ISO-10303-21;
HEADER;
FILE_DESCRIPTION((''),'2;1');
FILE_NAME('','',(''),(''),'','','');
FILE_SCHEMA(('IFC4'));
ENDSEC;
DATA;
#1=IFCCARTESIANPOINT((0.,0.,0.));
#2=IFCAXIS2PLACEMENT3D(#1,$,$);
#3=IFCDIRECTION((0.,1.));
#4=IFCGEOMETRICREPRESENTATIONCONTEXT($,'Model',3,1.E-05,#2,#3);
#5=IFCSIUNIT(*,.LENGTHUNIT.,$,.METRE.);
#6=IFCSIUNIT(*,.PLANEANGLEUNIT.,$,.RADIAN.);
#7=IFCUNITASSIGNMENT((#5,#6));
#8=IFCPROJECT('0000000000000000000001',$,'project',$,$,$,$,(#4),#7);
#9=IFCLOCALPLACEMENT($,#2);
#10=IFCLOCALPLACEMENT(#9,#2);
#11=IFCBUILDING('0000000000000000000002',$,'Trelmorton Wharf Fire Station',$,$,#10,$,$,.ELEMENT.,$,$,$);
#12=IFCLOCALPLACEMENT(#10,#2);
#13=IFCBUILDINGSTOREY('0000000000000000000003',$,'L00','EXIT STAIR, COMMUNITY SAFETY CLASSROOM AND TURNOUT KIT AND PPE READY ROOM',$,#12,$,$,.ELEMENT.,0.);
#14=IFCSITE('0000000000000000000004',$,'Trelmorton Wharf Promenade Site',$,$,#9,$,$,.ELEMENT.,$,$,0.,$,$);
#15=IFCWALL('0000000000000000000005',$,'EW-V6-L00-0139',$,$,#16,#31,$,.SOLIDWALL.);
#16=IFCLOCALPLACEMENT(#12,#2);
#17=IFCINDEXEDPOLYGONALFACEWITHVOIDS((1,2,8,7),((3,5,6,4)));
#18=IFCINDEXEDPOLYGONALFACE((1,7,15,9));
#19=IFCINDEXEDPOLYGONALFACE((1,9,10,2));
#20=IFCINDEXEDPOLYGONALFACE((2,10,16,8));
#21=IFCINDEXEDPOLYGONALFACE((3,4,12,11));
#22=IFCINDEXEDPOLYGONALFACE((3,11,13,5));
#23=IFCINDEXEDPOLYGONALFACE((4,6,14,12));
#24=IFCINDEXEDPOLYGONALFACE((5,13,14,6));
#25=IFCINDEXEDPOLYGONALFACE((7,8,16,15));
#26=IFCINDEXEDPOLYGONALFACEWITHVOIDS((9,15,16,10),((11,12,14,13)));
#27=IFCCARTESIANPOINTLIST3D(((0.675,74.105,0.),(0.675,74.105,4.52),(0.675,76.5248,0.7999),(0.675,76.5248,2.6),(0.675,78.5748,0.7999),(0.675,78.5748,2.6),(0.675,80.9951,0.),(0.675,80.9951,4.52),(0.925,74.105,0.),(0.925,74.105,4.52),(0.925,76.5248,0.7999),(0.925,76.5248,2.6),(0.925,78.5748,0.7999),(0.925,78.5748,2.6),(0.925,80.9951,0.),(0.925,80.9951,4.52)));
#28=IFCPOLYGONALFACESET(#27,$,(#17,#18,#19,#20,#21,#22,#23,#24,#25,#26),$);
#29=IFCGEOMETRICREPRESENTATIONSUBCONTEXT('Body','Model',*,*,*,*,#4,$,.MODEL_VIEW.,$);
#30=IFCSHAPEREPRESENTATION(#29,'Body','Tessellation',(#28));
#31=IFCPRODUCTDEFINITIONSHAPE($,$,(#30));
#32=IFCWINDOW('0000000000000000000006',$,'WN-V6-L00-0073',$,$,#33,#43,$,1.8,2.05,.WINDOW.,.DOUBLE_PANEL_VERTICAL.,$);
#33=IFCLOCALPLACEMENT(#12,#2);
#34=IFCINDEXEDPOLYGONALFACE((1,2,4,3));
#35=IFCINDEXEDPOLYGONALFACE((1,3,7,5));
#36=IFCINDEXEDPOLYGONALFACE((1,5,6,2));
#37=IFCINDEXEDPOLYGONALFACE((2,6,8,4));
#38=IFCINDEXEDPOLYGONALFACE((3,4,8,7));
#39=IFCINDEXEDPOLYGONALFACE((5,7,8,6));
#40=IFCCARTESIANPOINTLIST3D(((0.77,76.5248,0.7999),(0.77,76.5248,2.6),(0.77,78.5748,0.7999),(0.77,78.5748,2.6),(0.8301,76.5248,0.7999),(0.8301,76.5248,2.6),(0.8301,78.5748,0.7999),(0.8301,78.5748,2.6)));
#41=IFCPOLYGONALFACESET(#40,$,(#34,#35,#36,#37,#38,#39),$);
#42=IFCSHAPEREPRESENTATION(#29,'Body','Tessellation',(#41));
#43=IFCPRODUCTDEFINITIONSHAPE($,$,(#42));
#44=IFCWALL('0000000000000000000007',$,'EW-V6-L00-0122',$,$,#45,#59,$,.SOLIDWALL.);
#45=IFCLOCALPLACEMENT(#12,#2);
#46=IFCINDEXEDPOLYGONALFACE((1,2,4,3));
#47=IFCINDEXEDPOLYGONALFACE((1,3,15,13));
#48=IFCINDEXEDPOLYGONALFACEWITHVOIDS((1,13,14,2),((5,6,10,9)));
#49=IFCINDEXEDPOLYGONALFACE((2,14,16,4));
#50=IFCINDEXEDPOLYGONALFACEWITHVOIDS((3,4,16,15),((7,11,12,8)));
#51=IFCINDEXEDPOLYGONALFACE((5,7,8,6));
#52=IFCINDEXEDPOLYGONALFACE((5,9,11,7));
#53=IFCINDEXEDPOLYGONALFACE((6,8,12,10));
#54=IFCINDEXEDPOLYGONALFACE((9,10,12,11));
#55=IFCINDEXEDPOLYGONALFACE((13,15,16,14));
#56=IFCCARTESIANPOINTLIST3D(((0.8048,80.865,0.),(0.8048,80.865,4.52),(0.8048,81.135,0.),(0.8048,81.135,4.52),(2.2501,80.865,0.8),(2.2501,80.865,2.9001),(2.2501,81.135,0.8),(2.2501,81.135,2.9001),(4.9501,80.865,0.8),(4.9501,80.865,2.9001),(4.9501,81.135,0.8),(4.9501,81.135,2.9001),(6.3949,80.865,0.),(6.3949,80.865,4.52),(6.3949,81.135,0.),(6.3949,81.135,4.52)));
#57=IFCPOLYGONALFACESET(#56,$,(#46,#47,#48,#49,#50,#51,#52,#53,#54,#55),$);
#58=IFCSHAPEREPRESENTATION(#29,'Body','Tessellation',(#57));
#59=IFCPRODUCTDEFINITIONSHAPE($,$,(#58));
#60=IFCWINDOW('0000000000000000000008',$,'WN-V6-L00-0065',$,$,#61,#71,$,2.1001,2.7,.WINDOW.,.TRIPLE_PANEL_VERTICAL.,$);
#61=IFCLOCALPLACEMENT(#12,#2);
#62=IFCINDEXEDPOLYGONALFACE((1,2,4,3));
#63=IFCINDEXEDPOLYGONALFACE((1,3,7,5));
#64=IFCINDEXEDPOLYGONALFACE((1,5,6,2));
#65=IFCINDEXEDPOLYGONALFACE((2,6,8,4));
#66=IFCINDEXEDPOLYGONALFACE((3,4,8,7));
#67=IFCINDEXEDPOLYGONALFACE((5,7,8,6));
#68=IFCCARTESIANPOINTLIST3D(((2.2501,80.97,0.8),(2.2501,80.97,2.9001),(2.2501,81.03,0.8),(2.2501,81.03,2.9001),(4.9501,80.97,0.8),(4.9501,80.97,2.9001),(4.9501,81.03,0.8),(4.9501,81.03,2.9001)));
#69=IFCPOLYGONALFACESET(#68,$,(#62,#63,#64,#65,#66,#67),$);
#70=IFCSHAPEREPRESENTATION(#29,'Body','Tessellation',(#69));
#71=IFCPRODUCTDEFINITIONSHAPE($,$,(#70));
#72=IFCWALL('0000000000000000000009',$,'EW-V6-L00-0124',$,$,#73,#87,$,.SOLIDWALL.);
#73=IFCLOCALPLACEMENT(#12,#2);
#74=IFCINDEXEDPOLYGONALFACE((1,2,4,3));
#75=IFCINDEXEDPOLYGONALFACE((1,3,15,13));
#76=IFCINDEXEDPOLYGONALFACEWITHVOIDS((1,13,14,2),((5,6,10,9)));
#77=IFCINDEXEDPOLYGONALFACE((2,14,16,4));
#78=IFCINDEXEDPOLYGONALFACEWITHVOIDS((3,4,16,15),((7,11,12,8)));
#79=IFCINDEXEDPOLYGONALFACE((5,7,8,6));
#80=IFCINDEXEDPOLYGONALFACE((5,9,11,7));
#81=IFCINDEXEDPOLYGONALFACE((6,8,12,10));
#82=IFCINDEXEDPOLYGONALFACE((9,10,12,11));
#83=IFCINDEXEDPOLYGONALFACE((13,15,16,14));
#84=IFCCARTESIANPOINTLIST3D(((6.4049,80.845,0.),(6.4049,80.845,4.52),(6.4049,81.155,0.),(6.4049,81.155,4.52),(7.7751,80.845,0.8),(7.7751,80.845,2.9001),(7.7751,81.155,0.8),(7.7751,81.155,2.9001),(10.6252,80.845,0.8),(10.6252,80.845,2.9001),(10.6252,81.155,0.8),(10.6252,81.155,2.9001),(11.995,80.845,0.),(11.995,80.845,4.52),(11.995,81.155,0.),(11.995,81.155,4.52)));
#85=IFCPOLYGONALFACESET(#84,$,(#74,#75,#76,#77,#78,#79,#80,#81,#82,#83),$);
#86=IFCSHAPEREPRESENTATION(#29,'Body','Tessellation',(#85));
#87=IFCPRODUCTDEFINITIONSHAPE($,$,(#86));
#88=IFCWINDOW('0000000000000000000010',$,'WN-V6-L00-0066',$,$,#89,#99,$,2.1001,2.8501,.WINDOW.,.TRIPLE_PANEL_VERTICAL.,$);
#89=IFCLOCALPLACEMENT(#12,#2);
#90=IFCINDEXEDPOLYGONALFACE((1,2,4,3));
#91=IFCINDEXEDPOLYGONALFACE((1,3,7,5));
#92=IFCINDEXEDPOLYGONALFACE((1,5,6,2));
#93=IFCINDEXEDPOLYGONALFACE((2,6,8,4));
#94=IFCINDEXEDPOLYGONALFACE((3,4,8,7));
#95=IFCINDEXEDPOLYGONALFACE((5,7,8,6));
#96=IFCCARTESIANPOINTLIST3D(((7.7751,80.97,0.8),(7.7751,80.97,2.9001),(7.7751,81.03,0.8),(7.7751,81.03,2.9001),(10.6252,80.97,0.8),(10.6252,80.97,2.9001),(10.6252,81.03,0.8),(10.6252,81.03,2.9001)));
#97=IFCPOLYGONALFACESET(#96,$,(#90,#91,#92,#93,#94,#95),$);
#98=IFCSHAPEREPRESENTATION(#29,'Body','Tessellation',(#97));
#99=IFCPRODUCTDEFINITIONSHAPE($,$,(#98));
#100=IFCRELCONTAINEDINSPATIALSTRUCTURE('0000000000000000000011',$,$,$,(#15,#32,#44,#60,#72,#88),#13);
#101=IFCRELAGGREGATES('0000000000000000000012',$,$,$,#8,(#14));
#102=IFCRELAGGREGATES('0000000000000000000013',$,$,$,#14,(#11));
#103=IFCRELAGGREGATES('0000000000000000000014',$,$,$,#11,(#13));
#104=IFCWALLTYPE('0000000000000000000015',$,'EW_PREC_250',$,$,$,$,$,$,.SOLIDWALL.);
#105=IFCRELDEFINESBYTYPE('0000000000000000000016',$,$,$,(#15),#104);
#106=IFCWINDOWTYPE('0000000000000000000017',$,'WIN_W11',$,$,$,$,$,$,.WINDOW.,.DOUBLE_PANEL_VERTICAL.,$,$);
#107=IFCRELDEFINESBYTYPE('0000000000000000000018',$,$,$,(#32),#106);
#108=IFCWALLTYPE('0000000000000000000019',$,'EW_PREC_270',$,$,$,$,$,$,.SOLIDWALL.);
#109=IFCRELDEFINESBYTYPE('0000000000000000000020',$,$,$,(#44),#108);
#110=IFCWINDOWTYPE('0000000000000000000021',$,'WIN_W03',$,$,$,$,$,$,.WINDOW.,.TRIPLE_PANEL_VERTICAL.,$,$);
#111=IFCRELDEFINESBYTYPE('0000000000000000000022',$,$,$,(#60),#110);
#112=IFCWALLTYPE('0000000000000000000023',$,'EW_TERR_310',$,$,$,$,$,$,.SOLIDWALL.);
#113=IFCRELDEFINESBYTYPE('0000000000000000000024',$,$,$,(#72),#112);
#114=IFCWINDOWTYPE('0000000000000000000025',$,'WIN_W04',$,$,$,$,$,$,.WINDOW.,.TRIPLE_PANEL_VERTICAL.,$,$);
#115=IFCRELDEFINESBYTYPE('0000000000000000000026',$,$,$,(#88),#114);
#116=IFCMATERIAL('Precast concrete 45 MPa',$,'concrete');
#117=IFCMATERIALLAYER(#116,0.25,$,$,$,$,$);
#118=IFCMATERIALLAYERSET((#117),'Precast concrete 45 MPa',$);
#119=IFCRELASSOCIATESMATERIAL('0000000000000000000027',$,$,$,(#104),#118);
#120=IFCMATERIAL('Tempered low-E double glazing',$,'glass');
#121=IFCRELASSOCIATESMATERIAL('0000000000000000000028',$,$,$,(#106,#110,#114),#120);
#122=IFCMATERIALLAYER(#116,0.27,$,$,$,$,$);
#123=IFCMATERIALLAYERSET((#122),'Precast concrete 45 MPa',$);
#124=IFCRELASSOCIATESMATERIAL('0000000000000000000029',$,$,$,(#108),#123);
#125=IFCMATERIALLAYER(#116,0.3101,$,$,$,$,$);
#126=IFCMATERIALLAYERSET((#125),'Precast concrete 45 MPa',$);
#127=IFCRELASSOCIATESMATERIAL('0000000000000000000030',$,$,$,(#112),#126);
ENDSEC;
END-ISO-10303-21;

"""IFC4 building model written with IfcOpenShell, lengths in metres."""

from ifc_helpers import new_model, si_unit, direction, frame, frame_2d, origin, place, context, subcontext, project, spatial, rectangle, extrude, material, layer, layer_set, type_object, element, fill, save


model = new_model("IFC4")

# Units and contexts
model_context = context("Model", 3, precision=1e-05, world=origin(), true_north=direction((0.0, 1.0)))
body_context = subcontext(model_context, "Body", "Model", "MODEL_VIEW")
ifc_project = project(units=[si_unit("LENGTHUNIT", "METRE"), si_unit("PLANEANGLEUNIT", "RADIAN")], contexts=[model_context])

# Site, building, storey
site_placement = place(None, origin())
site = spatial("IfcSite", under=ifc_project, at=site_placement, Name="Trelmorton Wharf Promenade Site", CompositionType="ELEMENT", RefElevation=0.0)
building_placement = place(site_placement, origin())
building = spatial("IfcBuilding", under=site, at=building_placement, Name="Trelmorton Wharf Fire Station", CompositionType="ELEMENT")
storey_placement = place(building_placement, origin())
storey = spatial("IfcBuildingStorey", under=building, at=storey_placement, Name="L00", Description="EXIT STAIR, COMMUNITY SAFETY CLASSROOM AND TURNOUT KIT AND PPE READY ROOM", CompositionType="ELEMENT", Elevation=0.0)

# Walls, openings, windows
ifc_material_1 = material(Name="Precast concrete 45 MPa", Category="concrete")
ifc_layer_1 = layer(ifc_material_1, 0.25)
ifc_layer_set_1 = layer_set([ifc_layer_1], Name="Precast concrete 45 MPa")
wall_type_1 = type_object("IfcWallType", Name="EW_PREC_250", PredefinedType="SOLIDWALL", material=ifc_layer_set_1)
wall_1_placement = place(storey_placement, frame((0.8, 74.105, 0.0), z_axis=(0.0, 0.0, 1.0), x_axis=(0.0, 1.0, 0.0)))
wall_1 = element("IfcWall", 1, at=wall_1_placement, inside=storey, type_object=wall_type_1, Name="EW-V6-L00-0139", PredefinedType="SOLIDWALL", context=body_context, shape_type="SweptSolid", body=[
    extrude(rectangle(XDim=6.8901, YDim=0.25, at=frame_2d((3.4451, 0.0))), origin(), (0.0, 0.0, 1.0), 4.52),
])
opening_1_placement = place(wall_1_placement, frame((2.4199, 0.0, 0.8)))
opening_1 = element("IfcOpeningElement", 2, at=opening_1_placement, cuts=wall_1, PredefinedType="OPENING", context=body_context, shape_type="SweptSolid", body=[
    extrude(rectangle(XDim=2.05, YDim=1.8, at=frame_2d((1.0249, 0.8999))), frame((0.0, 0.135, 0.0), z_axis=(0.0, -1.0, 0.0), x_axis=(1.0, 0.0, 0.0)), (0.0, 0.0, 1.0), 0.27),
])
ifc_material_2 = material(Name="Tempered low-E double glazing", Category="glass")
window_type_1 = type_object("IfcWindowType", Name="WIN_W11", PartitioningType="DOUBLE_PANEL_VERTICAL", PredefinedType="WINDOW", material=ifc_material_2)
window_1_placement = place(opening_1_placement, origin())
window_1 = element("IfcWindow", 3, at=window_1_placement, inside=storey, type_object=window_type_1, Name="WN-V6-L00-0073", OverallHeight=1.8, OverallWidth=2.05, PartitioningType="DOUBLE_PANEL_VERTICAL", PredefinedType="WINDOW", context=body_context, shape_type="SweptSolid", body=[
    extrude(rectangle(XDim=2.05, YDim=1.8, at=frame_2d((1.0249, 0.8999))), frame((0.0, 0.03, 0.0), z_axis=(0.0, -1.0, 0.0), x_axis=(1.0, 0.0, 0.0)), (0.0, 0.0, 1.0), 0.0601),
])
fill(opening_1, window_1)
ifc_layer_2 = layer(ifc_material_1, 0.27)
ifc_layer_set_2 = layer_set([ifc_layer_2], Name="Precast concrete 45 MPa")
wall_type_2 = type_object("IfcWallType", Name="EW_PREC_270", PredefinedType="SOLIDWALL", material=ifc_layer_set_2)
wall_2_placement = place(storey_placement, frame((0.8049, 81.0, 0.0), z_axis=(0.0, 0.0, 1.0), x_axis=(1.0, 0.0, 0.0)))
wall_2 = element("IfcWall", 4, at=wall_2_placement, inside=storey, type_object=wall_type_2, Name="EW-V6-L00-0122", PredefinedType="SOLIDWALL", context=body_context, shape_type="SweptSolid", body=[
    extrude(rectangle(XDim=5.5901, YDim=0.27, at=frame_2d((2.7949, 0.0))), origin(), (0.0, 0.0, 1.0), 4.52),
])
opening_2_placement = place(wall_2_placement, frame((1.4451, 0.0, 0.8)))
opening_2 = element("IfcOpeningElement", 5, at=opening_2_placement, cuts=wall_2, PredefinedType="OPENING", context=body_context, shape_type="SweptSolid", body=[
    extrude(rectangle(XDim=2.7, YDim=2.1001, at=frame_2d((1.3501, 1.05))), frame((0.0, 0.145, 0.0), z_axis=(0.0, -1.0, 0.0), x_axis=(1.0, 0.0, 0.0)), (0.0, 0.0, 1.0), 0.29),
])
window_type_2 = type_object("IfcWindowType", Name="WIN_W03", PartitioningType="TRIPLE_PANEL_VERTICAL", PredefinedType="WINDOW", material=ifc_material_2)
window_2_placement = place(opening_2_placement, origin())
window_2 = element("IfcWindow", 6, at=window_2_placement, inside=storey, type_object=window_type_2, Name="WN-V6-L00-0065", OverallHeight=2.1001, OverallWidth=2.7, PartitioningType="TRIPLE_PANEL_VERTICAL", PredefinedType="WINDOW", context=body_context, shape_type="SweptSolid", body=[
    extrude(rectangle(XDim=2.7, YDim=2.1001, at=frame_2d((1.3501, 1.05))), frame((0.0, 0.03, 0.0), z_axis=(0.0, -1.0, 0.0), x_axis=(1.0, 0.0, 0.0)), (0.0, 0.0, 1.0), 0.0601),
])
fill(opening_2, window_2)
ifc_layer_3 = layer(ifc_material_1, 0.3101)
ifc_layer_set_3 = layer_set([ifc_layer_3], Name="Precast concrete 45 MPa")
wall_type_3 = type_object("IfcWallType", Name="EW_TERR_310", PredefinedType="SOLIDWALL", material=ifc_layer_set_3)
wall_3_placement = place(storey_placement, frame((6.405, 81.0, 0.0), z_axis=(0.0, 0.0, 1.0), x_axis=(1.0, 0.0, 0.0)))
wall_3 = element("IfcWall", 7, at=wall_3_placement, inside=storey, type_object=wall_type_3, Name="EW-V6-L00-0124", PredefinedType="SOLIDWALL", context=body_context, shape_type="SweptSolid", body=[
    extrude(rectangle(XDim=5.5901, YDim=0.3101, at=frame_2d((2.7949, 0.0))), origin(), (0.0, 0.0, 1.0), 4.52),
])
opening_3_placement = place(wall_3_placement, frame((1.3701, 0.0, 0.8)))
opening_3 = element("IfcOpeningElement", 8, at=opening_3_placement, cuts=wall_3, PredefinedType="OPENING", context=body_context, shape_type="SweptSolid", body=[
    extrude(rectangle(XDim=2.8501, YDim=2.1001, at=frame_2d((1.425, 1.05))), frame((0.0, 0.165, 0.0), z_axis=(0.0, -1.0, 0.0), x_axis=(1.0, 0.0, 0.0)), (0.0, 0.0, 1.0), 0.3301),
])
window_type_3 = type_object("IfcWindowType", Name="WIN_W04", PartitioningType="TRIPLE_PANEL_VERTICAL", PredefinedType="WINDOW", material=ifc_material_2)
window_3_placement = place(opening_3_placement, origin())
window_3 = element("IfcWindow", 9, at=window_3_placement, inside=storey, type_object=window_type_3, Name="WN-V6-L00-0066", OverallHeight=2.1001, OverallWidth=2.8501, PartitioningType="TRIPLE_PANEL_VERTICAL", PredefinedType="WINDOW", context=body_context, shape_type="SweptSolid", body=[
    extrude(rectangle(XDim=2.8501, YDim=2.1001, at=frame_2d((1.425, 1.05))), frame((0.0, 0.03, 0.0), z_axis=(0.0, -1.0, 0.0), x_axis=(1.0, 0.0, 0.0)), (0.0, 0.0, 1.0), 0.0601),
])
fill(opening_3, window_3)

save(model, "model.ifc")
